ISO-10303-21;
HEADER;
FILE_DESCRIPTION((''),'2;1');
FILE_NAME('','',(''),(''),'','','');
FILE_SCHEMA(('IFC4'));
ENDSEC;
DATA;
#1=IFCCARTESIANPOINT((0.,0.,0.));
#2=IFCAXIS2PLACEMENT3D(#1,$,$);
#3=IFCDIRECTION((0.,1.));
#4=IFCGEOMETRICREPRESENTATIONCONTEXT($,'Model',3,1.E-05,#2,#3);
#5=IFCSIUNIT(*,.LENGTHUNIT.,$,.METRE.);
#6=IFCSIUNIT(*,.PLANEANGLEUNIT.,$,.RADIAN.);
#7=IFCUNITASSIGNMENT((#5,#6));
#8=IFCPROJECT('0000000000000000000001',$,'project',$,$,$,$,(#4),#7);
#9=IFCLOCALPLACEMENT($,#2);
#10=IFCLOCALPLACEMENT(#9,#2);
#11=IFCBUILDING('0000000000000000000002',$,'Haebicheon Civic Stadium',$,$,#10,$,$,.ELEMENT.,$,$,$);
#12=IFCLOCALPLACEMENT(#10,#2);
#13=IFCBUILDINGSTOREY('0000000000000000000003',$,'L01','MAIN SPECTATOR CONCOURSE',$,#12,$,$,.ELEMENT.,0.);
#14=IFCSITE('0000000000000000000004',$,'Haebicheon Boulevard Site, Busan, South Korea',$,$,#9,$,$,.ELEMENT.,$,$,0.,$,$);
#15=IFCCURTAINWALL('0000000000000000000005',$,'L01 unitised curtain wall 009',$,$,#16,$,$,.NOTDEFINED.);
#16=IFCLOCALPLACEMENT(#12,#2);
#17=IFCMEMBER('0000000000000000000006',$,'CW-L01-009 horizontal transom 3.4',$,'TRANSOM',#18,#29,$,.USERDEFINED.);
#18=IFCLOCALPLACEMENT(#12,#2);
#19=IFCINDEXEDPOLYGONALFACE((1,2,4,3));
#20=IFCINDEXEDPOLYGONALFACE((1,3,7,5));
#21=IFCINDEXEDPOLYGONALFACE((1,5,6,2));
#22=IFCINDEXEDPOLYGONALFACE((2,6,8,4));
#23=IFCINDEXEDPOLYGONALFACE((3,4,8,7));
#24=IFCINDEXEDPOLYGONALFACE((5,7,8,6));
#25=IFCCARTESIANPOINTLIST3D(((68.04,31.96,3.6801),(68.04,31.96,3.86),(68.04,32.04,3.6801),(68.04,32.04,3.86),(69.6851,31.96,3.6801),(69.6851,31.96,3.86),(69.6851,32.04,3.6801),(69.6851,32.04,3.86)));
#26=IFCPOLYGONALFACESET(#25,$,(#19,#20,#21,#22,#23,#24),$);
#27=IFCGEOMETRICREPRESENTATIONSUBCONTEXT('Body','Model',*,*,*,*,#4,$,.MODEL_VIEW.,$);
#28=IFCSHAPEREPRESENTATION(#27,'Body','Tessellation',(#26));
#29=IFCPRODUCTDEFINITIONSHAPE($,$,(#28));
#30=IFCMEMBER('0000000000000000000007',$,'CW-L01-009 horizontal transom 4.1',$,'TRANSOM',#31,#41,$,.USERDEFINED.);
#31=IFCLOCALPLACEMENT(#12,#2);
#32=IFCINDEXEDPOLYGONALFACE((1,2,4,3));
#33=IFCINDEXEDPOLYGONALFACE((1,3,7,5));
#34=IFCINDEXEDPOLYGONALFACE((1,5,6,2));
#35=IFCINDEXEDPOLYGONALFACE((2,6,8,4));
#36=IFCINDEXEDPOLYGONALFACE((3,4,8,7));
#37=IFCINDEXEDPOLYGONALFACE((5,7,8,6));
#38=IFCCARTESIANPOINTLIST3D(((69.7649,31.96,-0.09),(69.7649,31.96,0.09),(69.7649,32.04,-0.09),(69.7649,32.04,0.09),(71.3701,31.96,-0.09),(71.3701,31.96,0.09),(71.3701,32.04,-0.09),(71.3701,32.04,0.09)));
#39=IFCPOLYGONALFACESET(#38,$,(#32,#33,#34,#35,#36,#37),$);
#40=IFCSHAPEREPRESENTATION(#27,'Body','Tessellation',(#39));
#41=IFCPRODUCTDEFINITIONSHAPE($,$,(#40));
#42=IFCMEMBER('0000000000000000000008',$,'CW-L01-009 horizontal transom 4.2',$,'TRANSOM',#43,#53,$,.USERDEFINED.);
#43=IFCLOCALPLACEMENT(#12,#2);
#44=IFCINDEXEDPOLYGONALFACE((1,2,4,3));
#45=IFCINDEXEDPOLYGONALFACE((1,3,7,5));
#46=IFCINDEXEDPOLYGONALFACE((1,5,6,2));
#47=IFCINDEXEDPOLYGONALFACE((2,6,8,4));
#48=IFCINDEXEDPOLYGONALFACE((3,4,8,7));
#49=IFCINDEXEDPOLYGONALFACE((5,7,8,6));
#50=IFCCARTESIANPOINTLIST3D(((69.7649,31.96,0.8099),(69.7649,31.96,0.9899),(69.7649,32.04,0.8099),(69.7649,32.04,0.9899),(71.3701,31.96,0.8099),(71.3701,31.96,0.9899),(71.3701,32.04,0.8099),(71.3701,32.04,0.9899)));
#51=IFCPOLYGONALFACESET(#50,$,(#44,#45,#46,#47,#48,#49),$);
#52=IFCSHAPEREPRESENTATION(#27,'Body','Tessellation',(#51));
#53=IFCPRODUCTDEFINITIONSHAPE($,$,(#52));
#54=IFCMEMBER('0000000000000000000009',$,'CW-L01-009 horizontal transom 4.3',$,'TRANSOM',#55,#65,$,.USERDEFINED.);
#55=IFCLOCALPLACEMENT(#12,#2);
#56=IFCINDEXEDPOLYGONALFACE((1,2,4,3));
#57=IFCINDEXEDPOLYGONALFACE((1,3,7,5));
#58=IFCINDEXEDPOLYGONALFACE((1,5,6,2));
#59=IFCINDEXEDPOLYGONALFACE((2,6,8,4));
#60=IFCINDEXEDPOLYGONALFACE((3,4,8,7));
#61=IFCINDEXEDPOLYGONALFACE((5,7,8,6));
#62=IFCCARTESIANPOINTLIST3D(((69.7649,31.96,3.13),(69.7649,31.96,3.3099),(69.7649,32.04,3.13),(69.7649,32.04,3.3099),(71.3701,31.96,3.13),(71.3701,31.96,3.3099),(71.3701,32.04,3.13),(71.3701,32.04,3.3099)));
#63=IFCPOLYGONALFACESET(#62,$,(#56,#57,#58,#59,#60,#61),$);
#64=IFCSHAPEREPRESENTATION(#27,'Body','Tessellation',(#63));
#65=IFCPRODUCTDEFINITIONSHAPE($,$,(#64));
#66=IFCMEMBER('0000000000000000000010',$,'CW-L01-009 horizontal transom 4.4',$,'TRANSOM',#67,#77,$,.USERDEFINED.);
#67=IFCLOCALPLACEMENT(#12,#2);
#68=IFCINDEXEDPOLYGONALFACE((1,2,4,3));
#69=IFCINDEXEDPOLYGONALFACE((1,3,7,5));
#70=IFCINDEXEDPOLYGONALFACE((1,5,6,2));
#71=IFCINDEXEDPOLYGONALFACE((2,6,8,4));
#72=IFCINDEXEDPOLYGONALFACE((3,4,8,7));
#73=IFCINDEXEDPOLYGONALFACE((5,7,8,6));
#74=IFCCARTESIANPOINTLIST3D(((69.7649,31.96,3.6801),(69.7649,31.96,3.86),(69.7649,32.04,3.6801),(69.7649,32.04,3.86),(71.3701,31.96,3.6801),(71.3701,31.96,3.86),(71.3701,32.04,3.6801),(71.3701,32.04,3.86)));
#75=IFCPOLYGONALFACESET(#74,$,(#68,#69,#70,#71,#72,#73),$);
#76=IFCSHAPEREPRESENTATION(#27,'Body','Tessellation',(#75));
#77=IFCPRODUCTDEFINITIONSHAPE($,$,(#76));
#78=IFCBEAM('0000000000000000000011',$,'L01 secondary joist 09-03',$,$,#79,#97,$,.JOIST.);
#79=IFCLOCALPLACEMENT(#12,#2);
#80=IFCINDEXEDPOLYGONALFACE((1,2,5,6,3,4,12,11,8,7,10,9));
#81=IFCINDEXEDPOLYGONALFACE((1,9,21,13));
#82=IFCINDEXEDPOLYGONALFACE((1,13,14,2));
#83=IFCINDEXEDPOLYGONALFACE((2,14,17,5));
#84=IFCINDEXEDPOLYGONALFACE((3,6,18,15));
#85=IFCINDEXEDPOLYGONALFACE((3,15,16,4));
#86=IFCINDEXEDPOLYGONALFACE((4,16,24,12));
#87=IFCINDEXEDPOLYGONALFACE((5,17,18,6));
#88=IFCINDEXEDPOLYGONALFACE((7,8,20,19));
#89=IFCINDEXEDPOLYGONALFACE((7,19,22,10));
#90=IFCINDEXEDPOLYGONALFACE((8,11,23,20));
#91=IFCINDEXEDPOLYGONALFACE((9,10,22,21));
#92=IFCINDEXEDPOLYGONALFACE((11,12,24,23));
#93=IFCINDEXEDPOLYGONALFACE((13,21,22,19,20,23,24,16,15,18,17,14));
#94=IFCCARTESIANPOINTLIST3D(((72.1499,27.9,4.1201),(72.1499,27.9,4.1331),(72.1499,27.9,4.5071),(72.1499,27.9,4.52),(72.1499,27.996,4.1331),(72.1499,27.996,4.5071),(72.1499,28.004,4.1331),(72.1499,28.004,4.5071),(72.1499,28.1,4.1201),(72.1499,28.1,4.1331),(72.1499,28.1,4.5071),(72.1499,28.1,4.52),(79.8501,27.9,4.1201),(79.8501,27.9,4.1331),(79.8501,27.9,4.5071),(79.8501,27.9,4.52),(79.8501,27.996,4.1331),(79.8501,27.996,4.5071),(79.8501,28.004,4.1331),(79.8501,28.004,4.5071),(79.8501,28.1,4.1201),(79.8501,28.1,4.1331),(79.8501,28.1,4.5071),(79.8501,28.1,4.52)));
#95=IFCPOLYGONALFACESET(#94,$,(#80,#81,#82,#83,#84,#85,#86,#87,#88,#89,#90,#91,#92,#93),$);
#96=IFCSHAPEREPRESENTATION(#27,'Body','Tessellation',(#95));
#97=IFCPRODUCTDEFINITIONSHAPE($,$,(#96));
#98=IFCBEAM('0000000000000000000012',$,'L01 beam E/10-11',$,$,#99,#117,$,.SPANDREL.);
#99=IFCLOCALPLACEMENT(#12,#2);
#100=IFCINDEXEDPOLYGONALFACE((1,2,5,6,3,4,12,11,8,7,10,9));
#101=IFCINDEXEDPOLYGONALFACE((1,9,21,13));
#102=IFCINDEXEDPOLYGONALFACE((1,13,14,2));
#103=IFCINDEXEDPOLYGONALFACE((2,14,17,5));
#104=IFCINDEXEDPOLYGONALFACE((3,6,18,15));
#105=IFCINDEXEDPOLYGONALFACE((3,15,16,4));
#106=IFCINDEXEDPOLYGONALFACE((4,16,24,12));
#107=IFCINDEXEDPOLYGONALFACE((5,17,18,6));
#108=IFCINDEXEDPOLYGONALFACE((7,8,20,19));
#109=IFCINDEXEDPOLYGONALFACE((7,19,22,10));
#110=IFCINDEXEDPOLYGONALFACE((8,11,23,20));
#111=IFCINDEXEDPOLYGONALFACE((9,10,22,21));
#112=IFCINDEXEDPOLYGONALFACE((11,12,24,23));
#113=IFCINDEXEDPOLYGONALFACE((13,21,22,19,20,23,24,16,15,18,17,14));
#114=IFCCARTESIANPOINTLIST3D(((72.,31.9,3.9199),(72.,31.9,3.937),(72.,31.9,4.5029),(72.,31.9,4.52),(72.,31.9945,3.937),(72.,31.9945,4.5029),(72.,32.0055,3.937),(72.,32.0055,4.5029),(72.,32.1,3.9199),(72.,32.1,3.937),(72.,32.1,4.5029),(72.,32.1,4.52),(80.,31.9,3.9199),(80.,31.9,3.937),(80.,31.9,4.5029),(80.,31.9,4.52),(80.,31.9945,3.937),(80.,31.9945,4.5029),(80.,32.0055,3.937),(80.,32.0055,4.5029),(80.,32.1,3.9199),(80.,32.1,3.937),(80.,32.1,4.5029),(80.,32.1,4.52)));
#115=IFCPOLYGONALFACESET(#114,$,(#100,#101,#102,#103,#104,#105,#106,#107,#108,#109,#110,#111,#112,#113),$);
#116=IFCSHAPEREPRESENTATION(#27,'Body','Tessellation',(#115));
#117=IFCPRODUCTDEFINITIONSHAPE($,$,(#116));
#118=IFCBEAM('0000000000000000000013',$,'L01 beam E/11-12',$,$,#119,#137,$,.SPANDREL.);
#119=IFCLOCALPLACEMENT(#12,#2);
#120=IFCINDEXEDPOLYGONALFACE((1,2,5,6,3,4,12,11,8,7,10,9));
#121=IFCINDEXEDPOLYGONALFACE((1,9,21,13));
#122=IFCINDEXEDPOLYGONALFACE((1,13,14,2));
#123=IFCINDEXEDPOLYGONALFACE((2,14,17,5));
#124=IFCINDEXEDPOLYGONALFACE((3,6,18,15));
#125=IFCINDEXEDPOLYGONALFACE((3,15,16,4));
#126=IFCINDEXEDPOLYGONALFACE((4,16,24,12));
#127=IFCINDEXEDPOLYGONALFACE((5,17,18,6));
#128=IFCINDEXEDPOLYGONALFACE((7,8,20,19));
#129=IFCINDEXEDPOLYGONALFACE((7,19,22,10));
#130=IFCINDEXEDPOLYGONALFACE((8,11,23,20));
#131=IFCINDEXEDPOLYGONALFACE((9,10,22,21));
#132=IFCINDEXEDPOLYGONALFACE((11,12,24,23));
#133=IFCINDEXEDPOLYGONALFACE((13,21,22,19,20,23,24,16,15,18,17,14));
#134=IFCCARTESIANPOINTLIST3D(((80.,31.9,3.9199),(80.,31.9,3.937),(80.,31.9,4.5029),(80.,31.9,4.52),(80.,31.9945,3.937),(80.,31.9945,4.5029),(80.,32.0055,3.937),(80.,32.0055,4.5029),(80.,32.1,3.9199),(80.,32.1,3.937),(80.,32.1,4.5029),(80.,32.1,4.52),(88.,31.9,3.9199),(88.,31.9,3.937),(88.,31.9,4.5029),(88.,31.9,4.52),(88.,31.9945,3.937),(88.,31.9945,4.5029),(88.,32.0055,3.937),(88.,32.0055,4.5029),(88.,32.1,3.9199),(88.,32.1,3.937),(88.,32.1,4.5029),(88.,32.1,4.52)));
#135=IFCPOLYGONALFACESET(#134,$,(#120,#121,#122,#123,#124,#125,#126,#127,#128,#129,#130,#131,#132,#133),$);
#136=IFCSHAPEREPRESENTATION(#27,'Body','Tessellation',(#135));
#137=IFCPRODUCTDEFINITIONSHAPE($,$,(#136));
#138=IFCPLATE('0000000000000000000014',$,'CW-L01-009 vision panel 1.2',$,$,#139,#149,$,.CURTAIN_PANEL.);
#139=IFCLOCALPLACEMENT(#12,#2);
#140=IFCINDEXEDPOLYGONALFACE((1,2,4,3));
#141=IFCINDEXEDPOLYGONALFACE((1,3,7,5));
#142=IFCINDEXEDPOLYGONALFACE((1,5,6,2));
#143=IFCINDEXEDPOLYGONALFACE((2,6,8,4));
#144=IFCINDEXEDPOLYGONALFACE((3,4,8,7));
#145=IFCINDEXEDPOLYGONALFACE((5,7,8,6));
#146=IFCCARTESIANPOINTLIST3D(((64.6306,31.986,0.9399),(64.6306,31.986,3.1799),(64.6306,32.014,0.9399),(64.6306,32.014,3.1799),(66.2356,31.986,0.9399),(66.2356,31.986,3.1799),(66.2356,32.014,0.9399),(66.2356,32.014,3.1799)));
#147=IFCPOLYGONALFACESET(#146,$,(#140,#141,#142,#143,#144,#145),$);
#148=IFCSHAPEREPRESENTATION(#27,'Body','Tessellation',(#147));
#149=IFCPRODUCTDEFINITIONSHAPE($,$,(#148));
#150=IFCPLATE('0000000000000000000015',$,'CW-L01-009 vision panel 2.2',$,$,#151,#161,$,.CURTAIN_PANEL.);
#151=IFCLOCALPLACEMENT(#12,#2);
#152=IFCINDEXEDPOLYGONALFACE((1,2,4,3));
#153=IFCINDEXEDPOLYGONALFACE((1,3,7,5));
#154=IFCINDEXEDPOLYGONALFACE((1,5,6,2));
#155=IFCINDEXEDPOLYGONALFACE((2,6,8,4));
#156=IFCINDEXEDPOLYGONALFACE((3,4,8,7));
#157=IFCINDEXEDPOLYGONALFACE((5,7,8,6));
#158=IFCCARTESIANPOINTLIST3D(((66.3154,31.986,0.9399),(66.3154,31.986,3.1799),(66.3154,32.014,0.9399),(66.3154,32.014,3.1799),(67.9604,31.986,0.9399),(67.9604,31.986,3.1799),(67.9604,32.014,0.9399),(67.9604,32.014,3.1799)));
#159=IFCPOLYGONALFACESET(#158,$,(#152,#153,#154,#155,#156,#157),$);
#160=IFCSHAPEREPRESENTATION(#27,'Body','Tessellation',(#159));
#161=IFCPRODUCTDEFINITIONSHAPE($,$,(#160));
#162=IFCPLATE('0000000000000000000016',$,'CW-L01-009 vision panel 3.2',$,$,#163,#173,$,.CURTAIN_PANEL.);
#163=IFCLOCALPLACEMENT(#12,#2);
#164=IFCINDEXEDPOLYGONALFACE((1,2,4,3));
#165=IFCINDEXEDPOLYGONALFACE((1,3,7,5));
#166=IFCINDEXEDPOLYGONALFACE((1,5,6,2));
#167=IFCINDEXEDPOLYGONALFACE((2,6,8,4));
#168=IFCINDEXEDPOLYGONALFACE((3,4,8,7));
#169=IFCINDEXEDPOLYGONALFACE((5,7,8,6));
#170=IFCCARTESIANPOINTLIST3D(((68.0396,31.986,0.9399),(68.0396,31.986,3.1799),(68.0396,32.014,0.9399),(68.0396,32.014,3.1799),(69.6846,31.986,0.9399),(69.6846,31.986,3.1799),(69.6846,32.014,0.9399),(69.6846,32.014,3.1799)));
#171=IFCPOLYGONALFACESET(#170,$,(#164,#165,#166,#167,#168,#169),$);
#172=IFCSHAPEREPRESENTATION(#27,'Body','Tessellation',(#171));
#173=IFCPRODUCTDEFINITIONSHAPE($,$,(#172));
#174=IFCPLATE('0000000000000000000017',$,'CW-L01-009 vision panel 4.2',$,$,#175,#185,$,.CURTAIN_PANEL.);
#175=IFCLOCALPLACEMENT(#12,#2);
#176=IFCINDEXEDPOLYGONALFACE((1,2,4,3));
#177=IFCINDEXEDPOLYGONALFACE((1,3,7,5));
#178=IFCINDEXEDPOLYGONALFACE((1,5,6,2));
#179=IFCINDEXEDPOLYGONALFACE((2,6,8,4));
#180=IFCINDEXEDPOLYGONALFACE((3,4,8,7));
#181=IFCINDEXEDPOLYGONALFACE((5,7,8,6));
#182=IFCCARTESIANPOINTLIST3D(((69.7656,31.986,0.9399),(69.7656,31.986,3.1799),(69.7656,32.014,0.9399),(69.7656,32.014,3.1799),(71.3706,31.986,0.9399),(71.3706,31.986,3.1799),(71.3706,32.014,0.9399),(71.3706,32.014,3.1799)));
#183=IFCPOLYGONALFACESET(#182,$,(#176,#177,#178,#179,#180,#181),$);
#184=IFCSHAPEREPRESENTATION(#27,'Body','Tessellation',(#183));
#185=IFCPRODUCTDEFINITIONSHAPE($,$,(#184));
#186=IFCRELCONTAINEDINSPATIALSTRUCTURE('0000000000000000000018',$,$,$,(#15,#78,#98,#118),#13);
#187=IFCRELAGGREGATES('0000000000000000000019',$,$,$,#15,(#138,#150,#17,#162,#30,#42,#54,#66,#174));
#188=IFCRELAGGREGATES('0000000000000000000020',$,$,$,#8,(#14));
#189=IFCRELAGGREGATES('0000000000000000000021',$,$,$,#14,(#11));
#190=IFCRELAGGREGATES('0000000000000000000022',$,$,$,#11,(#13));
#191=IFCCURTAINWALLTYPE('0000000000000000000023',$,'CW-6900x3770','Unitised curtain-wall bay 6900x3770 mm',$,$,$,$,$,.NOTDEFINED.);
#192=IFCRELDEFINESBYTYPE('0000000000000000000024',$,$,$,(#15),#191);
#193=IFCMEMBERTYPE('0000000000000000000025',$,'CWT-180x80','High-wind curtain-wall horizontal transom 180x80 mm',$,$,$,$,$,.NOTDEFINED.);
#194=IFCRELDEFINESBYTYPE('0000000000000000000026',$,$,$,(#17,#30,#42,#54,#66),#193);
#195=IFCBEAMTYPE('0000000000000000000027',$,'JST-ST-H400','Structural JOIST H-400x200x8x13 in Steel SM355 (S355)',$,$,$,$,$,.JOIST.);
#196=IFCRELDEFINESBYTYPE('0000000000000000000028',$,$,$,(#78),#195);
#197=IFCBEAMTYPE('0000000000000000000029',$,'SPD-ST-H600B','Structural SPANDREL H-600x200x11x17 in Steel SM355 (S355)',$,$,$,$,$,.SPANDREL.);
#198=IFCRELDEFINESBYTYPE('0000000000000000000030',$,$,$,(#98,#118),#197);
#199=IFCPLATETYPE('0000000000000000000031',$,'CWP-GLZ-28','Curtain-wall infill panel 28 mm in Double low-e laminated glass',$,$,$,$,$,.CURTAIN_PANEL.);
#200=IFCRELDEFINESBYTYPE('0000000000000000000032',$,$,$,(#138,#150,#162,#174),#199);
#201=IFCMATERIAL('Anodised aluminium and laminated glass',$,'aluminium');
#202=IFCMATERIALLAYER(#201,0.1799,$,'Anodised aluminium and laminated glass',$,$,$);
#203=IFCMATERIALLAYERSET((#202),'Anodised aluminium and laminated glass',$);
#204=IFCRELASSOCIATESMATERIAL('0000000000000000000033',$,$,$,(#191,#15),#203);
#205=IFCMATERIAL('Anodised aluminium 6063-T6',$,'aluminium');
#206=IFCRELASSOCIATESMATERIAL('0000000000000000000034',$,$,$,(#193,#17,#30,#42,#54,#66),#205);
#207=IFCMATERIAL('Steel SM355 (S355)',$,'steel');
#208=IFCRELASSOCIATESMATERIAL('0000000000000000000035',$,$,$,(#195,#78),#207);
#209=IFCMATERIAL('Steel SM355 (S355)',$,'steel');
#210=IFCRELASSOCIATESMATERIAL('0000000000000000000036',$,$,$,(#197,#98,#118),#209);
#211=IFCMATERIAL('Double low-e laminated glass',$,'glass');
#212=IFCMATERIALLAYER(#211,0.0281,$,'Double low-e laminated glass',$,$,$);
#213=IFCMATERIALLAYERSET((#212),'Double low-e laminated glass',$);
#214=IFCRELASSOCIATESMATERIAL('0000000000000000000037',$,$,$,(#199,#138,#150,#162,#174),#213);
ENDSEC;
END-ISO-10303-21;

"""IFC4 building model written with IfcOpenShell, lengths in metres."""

from ifc_helpers import new_model, si_unit, direction, frame, origin, origin_2d, place, context, subcontext, project, spatial, rectangle, i_section, extrude, material, layer, layer_set, material_profile, profile_set, type_object, element, aggregate, save


model = new_model("IFC4")

# Units and contexts
model_context = context("Model", 3, precision=1e-05, world=origin(), true_north=direction((0.0, 1.0)))
body_context = subcontext(model_context, "Body", "Model", "MODEL_VIEW")
ifc_project = project(units=[si_unit("LENGTHUNIT", "METRE"), si_unit("PLANEANGLEUNIT", "RADIAN")], contexts=[model_context])

# Site, building, storey
site_placement = place(None, origin())
site = spatial("IfcSite", under=ifc_project, at=site_placement, Name="Haebicheon Boulevard Site, Busan, South Korea", CompositionType="ELEMENT", RefElevation=0.0)
building_placement = place(site_placement, origin())
building = spatial("IfcBuilding", under=site, at=building_placement, Name="Haebicheon Civic Stadium", CompositionType="ELEMENT")
storey_placement = place(building_placement, origin())
storey = spatial("IfcBuildingStorey", under=building, at=storey_placement, Name="L01", Description="MAIN SPECTATOR CONCOURSE", CompositionType="ELEMENT", Elevation=0.0)

# Curtain wall, members
ifc_material_1 = material(Name="Anodised aluminium and laminated glass", Category="aluminium")
ifc_layer_1 = layer(ifc_material_1, 0.1799, Name="Anodised aluminium and laminated glass")
ifc_layer_set_1 = layer_set([ifc_layer_1], Name="Anodised aluminium and laminated glass")
curtain_wall_type = type_object("IfcCurtainWallType", Name="CW-6900x3770", Description="Unitised curtain-wall bay 6900x3770 mm", PredefinedType="NOTDEFINED", material=ifc_layer_set_1)
curtain_wall_placement = place(storey_placement, origin())
curtain_wall = element("IfcCurtainWall", 1, at=curtain_wall_placement, inside=storey, type_object=curtain_wall_type, material=ifc_layer_set_1, Name="L01 unitised curtain wall 009", PredefinedType="NOTDEFINED")
ifc_material_2 = material(Name="Anodised aluminium 6063-T6", Category="aluminium")
ifc_material_profile_1 = material_profile(ifc_material_2, rectangle(XDim=0.0801, YDim=0.1799, at=origin_2d()), Name="ALU-TRAN-80x180")
ifc_profile_set_1 = profile_set([ifc_material_profile_1], Name="Anodised aluminium 6063-T6")
member_type_1 = type_object("IfcMemberType", Name="CWT-180x80", Description="High-wind curtain-wall horizontal transom 180x80 mm", PredefinedType="NOTDEFINED", material=ifc_profile_set_1)
member_1_placement = place(storey_placement, frame((68.04, 32.0, 3.77), z_axis=(1.0, 0.0, 0.0), x_axis=(0.0, 1.0, 0.0)))
member_1 = element("IfcMember", 2, at=member_1_placement, type_object=member_type_1, material=ifc_profile_set_1, Name="CW-L01-009 horizontal transom 3.4", ObjectType="TRANSOM", PredefinedType="USERDEFINED", context=body_context, shape_type="SweptSolid", body=[
    extrude(rectangle(XDim=0.0801, YDim=0.1799, at=origin_2d()), origin(), (0.0, 0.0, 1.0), 1.645),
])
member_2_placement = place(storey_placement, frame((69.7649, 32.0, 0.0), z_axis=(1.0, 0.0, 0.0), x_axis=(0.0, 1.0, 0.0)))
member_2 = element("IfcMember", 3, at=member_2_placement, type_object=member_type_1, material=ifc_profile_set_1, Name="CW-L01-009 horizontal transom 4.1", ObjectType="TRANSOM", PredefinedType="USERDEFINED", context=body_context, shape_type="SweptSolid", body=[
    extrude(rectangle(XDim=0.0801, YDim=0.1799, at=origin_2d()), origin(), (0.0, 0.0, 1.0), 1.6052),
])
member_3_placement = place(storey_placement, frame((69.7649, 32.0, 0.8999), z_axis=(1.0, 0.0, 0.0), x_axis=(0.0, 1.0, 0.0)))
member_3 = element("IfcMember", 4, at=member_3_placement, type_object=member_type_1, material=ifc_profile_set_1, Name="CW-L01-009 horizontal transom 4.2", ObjectType="TRANSOM", PredefinedType="USERDEFINED", context=body_context, shape_type="SweptSolid", body=[
    extrude(rectangle(XDim=0.0801, YDim=0.1799, at=origin_2d()), origin(), (0.0, 0.0, 1.0), 1.6052),
])
member_4_placement = place(storey_placement, frame((69.7649, 32.0, 3.22), z_axis=(1.0, 0.0, 0.0), x_axis=(0.0, 1.0, 0.0)))
member_4 = element("IfcMember", 5, at=member_4_placement, type_object=member_type_1, material=ifc_profile_set_1, Name="CW-L01-009 horizontal transom 4.3", ObjectType="TRANSOM", PredefinedType="USERDEFINED", context=body_context, shape_type="SweptSolid", body=[
    extrude(rectangle(XDim=0.0801, YDim=0.1799, at=origin_2d()), origin(), (0.0, 0.0, 1.0), 1.6052),
])
member_5_placement = place(storey_placement, frame((69.7649, 32.0, 3.77), z_axis=(1.0, 0.0, 0.0), x_axis=(0.0, 1.0, 0.0)))
member_5 = element("IfcMember", 6, at=member_5_placement, type_object=member_type_1, material=ifc_profile_set_1, Name="CW-L01-009 horizontal transom 4.4", ObjectType="TRANSOM", PredefinedType="USERDEFINED", context=body_context, shape_type="SweptSolid", body=[
    extrude(rectangle(XDim=0.0801, YDim=0.1799, at=origin_2d()), origin(), (0.0, 0.0, 1.0), 1.6052),
])

# Beams
ifc_material_3 = material(Name="Steel SM355 (S355)", Category="steel")
ifc_material_profile_2 = material_profile(ifc_material_3, i_section(OverallWidth=0.2, OverallDepth=0.3999, WebThickness=0.0081, FlangeThickness=0.0129, at=origin_2d()), Name="H-400x200x8x13")
ifc_profile_set_2 = profile_set([ifc_material_profile_2], Name="Steel SM355 (S355)")
beam_type_1 = type_object("IfcBeamType", Name="JST-ST-H400", Description="Structural JOIST H-400x200x8x13 in Steel SM355 (S355)", PredefinedType="JOIST", material=ifc_profile_set_2)
beam_placement = place(storey_placement, frame((72.1499, 28.0, 4.3201), z_axis=(1.0, 0.0, 0.0), x_axis=(0.0, 1.0, 0.0)))
element("IfcBeam", 7, at=beam_placement, inside=storey, type_object=beam_type_1, material=ifc_profile_set_2, Name="L01 secondary joist 09-03", PredefinedType="JOIST", context=body_context, shape_type="SweptSolid", body=[
    extrude(i_section(OverallWidth=0.2, OverallDepth=0.3999, WebThickness=0.0081, FlangeThickness=0.0129, at=origin_2d()), origin(), (0.0, 0.0, 1.0), 7.7002),
])
ifc_material_4 = material(Name="Steel SM355 (S355)", Category="steel")
ifc_material_profile_3 = material_profile(ifc_material_4, i_section(OverallWidth=0.2, OverallDepth=0.6001, WebThickness=0.011, FlangeThickness=0.0171, at=origin_2d()), Name="H-600x200x11x17")
ifc_profile_set_3 = profile_set([ifc_material_profile_3], Name="Steel SM355 (S355)")
beam_type_2 = type_object("IfcBeamType", Name="SPD-ST-H600B", Description="Structural SPANDREL H-600x200x11x17 in Steel SM355 (S355)", PredefinedType="SPANDREL", material=ifc_profile_set_3)
for number, where, z_axis, x_axis, name in (
    (8, (72.0, 32.0, 4.22), (1.0, 0.0, 0.0), (0.0, 1.0, 0.0), "L01 beam E/10-11"),
    (9, (80.0, 32.0, 4.22), (1.0, 0.0, 0.0), (0.0, 1.0, 0.0), "L01 beam E/11-12"),
):
    element("IfcBeam", number, at=place(storey_placement, frame(where, z_axis=z_axis, x_axis=x_axis)), inside=storey, type_object=beam_type_2, material=ifc_profile_set_3, Name=name, PredefinedType="SPANDREL", context=body_context, shape_type="SweptSolid", body=[
        extrude(i_section(OverallWidth=0.2, OverallDepth=0.6001, WebThickness=0.011, FlangeThickness=0.0171, at=origin_2d()), origin(), (0.0, 0.0, 1.0), 8.0),
    ])

# Plates
ifc_material_5 = material(Name="Double low-e laminated glass", Category="glass")
ifc_layer_2 = layer(ifc_material_5, 0.0281, Name="Double low-e laminated glass")
ifc_layer_set_2 = layer_set([ifc_layer_2], Name="Double low-e laminated glass")
plate_type_1 = type_object("IfcPlateType", Name="CWP-GLZ-28", Description="Curtain-wall infill panel 28 mm in Double low-e laminated glass", PredefinedType="CURTAIN_PANEL", material=ifc_layer_set_2)
plate_1_placement = place(storey_placement, frame((65.4331, 32.0, 0.9399), z_axis=(0.0, 0.0, 1.0), x_axis=(1.0, 0.0, 0.0)))
plate_1 = element("IfcPlate", 10, at=plate_1_placement, type_object=plate_type_1, material=ifc_layer_set_2, Name="CW-L01-009 vision panel 1.2", PredefinedType="CURTAIN_PANEL", context=body_context, shape_type="SweptSolid", body=[
    extrude(rectangle(XDim=1.605, YDim=0.0281, at=origin_2d()), origin(), (0.0, 0.0, 1.0), 2.24),
])
plate_2_placement = place(storey_placement, frame((67.1379, 32.0, 0.9399), z_axis=(0.0, 0.0, 1.0), x_axis=(1.0, 0.0, 0.0)))
plate_2 = element("IfcPlate", 11, at=plate_2_placement, type_object=plate_type_1, material=ifc_layer_set_2, Name="CW-L01-009 vision panel 2.2", PredefinedType="CURTAIN_PANEL", context=body_context, shape_type="SweptSolid", body=[
    extrude(rectangle(XDim=1.645, YDim=0.0281, at=origin_2d()), origin(), (0.0, 0.0, 1.0), 2.24),
])
plate_3_placement = place(storey_placement, frame((68.8621, 32.0, 0.9399), z_axis=(0.0, 0.0, 1.0), x_axis=(1.0, 0.0, 0.0)))
plate_3 = element("IfcPlate", 12, at=plate_3_placement, type_object=plate_type_1, material=ifc_layer_set_2, Name="CW-L01-009 vision panel 3.2", PredefinedType="CURTAIN_PANEL", context=body_context, shape_type="SweptSolid", body=[
    extrude(rectangle(XDim=1.645, YDim=0.0281, at=origin_2d()), origin(), (0.0, 0.0, 1.0), 2.24),
])
plate_4_placement = place(storey_placement, frame((70.5681, 32.0, 0.9399), z_axis=(0.0, 0.0, 1.0), x_axis=(1.0, 0.0, 0.0)))
plate_4 = element("IfcPlate", 13, at=plate_4_placement, type_object=plate_type_1, material=ifc_layer_set_2, Name="CW-L01-009 vision panel 4.2", PredefinedType="CURTAIN_PANEL", context=body_context, shape_type="SweptSolid", body=[
    extrude(rectangle(XDim=1.605, YDim=0.0281, at=origin_2d()), origin(), (0.0, 0.0, 1.0), 2.24),
])
aggregate(curtain_wall, [plate_1, plate_2, member_1, plate_3, member_2, member_3, member_4, member_5, plate_4])

save(model, "model.ifc")
